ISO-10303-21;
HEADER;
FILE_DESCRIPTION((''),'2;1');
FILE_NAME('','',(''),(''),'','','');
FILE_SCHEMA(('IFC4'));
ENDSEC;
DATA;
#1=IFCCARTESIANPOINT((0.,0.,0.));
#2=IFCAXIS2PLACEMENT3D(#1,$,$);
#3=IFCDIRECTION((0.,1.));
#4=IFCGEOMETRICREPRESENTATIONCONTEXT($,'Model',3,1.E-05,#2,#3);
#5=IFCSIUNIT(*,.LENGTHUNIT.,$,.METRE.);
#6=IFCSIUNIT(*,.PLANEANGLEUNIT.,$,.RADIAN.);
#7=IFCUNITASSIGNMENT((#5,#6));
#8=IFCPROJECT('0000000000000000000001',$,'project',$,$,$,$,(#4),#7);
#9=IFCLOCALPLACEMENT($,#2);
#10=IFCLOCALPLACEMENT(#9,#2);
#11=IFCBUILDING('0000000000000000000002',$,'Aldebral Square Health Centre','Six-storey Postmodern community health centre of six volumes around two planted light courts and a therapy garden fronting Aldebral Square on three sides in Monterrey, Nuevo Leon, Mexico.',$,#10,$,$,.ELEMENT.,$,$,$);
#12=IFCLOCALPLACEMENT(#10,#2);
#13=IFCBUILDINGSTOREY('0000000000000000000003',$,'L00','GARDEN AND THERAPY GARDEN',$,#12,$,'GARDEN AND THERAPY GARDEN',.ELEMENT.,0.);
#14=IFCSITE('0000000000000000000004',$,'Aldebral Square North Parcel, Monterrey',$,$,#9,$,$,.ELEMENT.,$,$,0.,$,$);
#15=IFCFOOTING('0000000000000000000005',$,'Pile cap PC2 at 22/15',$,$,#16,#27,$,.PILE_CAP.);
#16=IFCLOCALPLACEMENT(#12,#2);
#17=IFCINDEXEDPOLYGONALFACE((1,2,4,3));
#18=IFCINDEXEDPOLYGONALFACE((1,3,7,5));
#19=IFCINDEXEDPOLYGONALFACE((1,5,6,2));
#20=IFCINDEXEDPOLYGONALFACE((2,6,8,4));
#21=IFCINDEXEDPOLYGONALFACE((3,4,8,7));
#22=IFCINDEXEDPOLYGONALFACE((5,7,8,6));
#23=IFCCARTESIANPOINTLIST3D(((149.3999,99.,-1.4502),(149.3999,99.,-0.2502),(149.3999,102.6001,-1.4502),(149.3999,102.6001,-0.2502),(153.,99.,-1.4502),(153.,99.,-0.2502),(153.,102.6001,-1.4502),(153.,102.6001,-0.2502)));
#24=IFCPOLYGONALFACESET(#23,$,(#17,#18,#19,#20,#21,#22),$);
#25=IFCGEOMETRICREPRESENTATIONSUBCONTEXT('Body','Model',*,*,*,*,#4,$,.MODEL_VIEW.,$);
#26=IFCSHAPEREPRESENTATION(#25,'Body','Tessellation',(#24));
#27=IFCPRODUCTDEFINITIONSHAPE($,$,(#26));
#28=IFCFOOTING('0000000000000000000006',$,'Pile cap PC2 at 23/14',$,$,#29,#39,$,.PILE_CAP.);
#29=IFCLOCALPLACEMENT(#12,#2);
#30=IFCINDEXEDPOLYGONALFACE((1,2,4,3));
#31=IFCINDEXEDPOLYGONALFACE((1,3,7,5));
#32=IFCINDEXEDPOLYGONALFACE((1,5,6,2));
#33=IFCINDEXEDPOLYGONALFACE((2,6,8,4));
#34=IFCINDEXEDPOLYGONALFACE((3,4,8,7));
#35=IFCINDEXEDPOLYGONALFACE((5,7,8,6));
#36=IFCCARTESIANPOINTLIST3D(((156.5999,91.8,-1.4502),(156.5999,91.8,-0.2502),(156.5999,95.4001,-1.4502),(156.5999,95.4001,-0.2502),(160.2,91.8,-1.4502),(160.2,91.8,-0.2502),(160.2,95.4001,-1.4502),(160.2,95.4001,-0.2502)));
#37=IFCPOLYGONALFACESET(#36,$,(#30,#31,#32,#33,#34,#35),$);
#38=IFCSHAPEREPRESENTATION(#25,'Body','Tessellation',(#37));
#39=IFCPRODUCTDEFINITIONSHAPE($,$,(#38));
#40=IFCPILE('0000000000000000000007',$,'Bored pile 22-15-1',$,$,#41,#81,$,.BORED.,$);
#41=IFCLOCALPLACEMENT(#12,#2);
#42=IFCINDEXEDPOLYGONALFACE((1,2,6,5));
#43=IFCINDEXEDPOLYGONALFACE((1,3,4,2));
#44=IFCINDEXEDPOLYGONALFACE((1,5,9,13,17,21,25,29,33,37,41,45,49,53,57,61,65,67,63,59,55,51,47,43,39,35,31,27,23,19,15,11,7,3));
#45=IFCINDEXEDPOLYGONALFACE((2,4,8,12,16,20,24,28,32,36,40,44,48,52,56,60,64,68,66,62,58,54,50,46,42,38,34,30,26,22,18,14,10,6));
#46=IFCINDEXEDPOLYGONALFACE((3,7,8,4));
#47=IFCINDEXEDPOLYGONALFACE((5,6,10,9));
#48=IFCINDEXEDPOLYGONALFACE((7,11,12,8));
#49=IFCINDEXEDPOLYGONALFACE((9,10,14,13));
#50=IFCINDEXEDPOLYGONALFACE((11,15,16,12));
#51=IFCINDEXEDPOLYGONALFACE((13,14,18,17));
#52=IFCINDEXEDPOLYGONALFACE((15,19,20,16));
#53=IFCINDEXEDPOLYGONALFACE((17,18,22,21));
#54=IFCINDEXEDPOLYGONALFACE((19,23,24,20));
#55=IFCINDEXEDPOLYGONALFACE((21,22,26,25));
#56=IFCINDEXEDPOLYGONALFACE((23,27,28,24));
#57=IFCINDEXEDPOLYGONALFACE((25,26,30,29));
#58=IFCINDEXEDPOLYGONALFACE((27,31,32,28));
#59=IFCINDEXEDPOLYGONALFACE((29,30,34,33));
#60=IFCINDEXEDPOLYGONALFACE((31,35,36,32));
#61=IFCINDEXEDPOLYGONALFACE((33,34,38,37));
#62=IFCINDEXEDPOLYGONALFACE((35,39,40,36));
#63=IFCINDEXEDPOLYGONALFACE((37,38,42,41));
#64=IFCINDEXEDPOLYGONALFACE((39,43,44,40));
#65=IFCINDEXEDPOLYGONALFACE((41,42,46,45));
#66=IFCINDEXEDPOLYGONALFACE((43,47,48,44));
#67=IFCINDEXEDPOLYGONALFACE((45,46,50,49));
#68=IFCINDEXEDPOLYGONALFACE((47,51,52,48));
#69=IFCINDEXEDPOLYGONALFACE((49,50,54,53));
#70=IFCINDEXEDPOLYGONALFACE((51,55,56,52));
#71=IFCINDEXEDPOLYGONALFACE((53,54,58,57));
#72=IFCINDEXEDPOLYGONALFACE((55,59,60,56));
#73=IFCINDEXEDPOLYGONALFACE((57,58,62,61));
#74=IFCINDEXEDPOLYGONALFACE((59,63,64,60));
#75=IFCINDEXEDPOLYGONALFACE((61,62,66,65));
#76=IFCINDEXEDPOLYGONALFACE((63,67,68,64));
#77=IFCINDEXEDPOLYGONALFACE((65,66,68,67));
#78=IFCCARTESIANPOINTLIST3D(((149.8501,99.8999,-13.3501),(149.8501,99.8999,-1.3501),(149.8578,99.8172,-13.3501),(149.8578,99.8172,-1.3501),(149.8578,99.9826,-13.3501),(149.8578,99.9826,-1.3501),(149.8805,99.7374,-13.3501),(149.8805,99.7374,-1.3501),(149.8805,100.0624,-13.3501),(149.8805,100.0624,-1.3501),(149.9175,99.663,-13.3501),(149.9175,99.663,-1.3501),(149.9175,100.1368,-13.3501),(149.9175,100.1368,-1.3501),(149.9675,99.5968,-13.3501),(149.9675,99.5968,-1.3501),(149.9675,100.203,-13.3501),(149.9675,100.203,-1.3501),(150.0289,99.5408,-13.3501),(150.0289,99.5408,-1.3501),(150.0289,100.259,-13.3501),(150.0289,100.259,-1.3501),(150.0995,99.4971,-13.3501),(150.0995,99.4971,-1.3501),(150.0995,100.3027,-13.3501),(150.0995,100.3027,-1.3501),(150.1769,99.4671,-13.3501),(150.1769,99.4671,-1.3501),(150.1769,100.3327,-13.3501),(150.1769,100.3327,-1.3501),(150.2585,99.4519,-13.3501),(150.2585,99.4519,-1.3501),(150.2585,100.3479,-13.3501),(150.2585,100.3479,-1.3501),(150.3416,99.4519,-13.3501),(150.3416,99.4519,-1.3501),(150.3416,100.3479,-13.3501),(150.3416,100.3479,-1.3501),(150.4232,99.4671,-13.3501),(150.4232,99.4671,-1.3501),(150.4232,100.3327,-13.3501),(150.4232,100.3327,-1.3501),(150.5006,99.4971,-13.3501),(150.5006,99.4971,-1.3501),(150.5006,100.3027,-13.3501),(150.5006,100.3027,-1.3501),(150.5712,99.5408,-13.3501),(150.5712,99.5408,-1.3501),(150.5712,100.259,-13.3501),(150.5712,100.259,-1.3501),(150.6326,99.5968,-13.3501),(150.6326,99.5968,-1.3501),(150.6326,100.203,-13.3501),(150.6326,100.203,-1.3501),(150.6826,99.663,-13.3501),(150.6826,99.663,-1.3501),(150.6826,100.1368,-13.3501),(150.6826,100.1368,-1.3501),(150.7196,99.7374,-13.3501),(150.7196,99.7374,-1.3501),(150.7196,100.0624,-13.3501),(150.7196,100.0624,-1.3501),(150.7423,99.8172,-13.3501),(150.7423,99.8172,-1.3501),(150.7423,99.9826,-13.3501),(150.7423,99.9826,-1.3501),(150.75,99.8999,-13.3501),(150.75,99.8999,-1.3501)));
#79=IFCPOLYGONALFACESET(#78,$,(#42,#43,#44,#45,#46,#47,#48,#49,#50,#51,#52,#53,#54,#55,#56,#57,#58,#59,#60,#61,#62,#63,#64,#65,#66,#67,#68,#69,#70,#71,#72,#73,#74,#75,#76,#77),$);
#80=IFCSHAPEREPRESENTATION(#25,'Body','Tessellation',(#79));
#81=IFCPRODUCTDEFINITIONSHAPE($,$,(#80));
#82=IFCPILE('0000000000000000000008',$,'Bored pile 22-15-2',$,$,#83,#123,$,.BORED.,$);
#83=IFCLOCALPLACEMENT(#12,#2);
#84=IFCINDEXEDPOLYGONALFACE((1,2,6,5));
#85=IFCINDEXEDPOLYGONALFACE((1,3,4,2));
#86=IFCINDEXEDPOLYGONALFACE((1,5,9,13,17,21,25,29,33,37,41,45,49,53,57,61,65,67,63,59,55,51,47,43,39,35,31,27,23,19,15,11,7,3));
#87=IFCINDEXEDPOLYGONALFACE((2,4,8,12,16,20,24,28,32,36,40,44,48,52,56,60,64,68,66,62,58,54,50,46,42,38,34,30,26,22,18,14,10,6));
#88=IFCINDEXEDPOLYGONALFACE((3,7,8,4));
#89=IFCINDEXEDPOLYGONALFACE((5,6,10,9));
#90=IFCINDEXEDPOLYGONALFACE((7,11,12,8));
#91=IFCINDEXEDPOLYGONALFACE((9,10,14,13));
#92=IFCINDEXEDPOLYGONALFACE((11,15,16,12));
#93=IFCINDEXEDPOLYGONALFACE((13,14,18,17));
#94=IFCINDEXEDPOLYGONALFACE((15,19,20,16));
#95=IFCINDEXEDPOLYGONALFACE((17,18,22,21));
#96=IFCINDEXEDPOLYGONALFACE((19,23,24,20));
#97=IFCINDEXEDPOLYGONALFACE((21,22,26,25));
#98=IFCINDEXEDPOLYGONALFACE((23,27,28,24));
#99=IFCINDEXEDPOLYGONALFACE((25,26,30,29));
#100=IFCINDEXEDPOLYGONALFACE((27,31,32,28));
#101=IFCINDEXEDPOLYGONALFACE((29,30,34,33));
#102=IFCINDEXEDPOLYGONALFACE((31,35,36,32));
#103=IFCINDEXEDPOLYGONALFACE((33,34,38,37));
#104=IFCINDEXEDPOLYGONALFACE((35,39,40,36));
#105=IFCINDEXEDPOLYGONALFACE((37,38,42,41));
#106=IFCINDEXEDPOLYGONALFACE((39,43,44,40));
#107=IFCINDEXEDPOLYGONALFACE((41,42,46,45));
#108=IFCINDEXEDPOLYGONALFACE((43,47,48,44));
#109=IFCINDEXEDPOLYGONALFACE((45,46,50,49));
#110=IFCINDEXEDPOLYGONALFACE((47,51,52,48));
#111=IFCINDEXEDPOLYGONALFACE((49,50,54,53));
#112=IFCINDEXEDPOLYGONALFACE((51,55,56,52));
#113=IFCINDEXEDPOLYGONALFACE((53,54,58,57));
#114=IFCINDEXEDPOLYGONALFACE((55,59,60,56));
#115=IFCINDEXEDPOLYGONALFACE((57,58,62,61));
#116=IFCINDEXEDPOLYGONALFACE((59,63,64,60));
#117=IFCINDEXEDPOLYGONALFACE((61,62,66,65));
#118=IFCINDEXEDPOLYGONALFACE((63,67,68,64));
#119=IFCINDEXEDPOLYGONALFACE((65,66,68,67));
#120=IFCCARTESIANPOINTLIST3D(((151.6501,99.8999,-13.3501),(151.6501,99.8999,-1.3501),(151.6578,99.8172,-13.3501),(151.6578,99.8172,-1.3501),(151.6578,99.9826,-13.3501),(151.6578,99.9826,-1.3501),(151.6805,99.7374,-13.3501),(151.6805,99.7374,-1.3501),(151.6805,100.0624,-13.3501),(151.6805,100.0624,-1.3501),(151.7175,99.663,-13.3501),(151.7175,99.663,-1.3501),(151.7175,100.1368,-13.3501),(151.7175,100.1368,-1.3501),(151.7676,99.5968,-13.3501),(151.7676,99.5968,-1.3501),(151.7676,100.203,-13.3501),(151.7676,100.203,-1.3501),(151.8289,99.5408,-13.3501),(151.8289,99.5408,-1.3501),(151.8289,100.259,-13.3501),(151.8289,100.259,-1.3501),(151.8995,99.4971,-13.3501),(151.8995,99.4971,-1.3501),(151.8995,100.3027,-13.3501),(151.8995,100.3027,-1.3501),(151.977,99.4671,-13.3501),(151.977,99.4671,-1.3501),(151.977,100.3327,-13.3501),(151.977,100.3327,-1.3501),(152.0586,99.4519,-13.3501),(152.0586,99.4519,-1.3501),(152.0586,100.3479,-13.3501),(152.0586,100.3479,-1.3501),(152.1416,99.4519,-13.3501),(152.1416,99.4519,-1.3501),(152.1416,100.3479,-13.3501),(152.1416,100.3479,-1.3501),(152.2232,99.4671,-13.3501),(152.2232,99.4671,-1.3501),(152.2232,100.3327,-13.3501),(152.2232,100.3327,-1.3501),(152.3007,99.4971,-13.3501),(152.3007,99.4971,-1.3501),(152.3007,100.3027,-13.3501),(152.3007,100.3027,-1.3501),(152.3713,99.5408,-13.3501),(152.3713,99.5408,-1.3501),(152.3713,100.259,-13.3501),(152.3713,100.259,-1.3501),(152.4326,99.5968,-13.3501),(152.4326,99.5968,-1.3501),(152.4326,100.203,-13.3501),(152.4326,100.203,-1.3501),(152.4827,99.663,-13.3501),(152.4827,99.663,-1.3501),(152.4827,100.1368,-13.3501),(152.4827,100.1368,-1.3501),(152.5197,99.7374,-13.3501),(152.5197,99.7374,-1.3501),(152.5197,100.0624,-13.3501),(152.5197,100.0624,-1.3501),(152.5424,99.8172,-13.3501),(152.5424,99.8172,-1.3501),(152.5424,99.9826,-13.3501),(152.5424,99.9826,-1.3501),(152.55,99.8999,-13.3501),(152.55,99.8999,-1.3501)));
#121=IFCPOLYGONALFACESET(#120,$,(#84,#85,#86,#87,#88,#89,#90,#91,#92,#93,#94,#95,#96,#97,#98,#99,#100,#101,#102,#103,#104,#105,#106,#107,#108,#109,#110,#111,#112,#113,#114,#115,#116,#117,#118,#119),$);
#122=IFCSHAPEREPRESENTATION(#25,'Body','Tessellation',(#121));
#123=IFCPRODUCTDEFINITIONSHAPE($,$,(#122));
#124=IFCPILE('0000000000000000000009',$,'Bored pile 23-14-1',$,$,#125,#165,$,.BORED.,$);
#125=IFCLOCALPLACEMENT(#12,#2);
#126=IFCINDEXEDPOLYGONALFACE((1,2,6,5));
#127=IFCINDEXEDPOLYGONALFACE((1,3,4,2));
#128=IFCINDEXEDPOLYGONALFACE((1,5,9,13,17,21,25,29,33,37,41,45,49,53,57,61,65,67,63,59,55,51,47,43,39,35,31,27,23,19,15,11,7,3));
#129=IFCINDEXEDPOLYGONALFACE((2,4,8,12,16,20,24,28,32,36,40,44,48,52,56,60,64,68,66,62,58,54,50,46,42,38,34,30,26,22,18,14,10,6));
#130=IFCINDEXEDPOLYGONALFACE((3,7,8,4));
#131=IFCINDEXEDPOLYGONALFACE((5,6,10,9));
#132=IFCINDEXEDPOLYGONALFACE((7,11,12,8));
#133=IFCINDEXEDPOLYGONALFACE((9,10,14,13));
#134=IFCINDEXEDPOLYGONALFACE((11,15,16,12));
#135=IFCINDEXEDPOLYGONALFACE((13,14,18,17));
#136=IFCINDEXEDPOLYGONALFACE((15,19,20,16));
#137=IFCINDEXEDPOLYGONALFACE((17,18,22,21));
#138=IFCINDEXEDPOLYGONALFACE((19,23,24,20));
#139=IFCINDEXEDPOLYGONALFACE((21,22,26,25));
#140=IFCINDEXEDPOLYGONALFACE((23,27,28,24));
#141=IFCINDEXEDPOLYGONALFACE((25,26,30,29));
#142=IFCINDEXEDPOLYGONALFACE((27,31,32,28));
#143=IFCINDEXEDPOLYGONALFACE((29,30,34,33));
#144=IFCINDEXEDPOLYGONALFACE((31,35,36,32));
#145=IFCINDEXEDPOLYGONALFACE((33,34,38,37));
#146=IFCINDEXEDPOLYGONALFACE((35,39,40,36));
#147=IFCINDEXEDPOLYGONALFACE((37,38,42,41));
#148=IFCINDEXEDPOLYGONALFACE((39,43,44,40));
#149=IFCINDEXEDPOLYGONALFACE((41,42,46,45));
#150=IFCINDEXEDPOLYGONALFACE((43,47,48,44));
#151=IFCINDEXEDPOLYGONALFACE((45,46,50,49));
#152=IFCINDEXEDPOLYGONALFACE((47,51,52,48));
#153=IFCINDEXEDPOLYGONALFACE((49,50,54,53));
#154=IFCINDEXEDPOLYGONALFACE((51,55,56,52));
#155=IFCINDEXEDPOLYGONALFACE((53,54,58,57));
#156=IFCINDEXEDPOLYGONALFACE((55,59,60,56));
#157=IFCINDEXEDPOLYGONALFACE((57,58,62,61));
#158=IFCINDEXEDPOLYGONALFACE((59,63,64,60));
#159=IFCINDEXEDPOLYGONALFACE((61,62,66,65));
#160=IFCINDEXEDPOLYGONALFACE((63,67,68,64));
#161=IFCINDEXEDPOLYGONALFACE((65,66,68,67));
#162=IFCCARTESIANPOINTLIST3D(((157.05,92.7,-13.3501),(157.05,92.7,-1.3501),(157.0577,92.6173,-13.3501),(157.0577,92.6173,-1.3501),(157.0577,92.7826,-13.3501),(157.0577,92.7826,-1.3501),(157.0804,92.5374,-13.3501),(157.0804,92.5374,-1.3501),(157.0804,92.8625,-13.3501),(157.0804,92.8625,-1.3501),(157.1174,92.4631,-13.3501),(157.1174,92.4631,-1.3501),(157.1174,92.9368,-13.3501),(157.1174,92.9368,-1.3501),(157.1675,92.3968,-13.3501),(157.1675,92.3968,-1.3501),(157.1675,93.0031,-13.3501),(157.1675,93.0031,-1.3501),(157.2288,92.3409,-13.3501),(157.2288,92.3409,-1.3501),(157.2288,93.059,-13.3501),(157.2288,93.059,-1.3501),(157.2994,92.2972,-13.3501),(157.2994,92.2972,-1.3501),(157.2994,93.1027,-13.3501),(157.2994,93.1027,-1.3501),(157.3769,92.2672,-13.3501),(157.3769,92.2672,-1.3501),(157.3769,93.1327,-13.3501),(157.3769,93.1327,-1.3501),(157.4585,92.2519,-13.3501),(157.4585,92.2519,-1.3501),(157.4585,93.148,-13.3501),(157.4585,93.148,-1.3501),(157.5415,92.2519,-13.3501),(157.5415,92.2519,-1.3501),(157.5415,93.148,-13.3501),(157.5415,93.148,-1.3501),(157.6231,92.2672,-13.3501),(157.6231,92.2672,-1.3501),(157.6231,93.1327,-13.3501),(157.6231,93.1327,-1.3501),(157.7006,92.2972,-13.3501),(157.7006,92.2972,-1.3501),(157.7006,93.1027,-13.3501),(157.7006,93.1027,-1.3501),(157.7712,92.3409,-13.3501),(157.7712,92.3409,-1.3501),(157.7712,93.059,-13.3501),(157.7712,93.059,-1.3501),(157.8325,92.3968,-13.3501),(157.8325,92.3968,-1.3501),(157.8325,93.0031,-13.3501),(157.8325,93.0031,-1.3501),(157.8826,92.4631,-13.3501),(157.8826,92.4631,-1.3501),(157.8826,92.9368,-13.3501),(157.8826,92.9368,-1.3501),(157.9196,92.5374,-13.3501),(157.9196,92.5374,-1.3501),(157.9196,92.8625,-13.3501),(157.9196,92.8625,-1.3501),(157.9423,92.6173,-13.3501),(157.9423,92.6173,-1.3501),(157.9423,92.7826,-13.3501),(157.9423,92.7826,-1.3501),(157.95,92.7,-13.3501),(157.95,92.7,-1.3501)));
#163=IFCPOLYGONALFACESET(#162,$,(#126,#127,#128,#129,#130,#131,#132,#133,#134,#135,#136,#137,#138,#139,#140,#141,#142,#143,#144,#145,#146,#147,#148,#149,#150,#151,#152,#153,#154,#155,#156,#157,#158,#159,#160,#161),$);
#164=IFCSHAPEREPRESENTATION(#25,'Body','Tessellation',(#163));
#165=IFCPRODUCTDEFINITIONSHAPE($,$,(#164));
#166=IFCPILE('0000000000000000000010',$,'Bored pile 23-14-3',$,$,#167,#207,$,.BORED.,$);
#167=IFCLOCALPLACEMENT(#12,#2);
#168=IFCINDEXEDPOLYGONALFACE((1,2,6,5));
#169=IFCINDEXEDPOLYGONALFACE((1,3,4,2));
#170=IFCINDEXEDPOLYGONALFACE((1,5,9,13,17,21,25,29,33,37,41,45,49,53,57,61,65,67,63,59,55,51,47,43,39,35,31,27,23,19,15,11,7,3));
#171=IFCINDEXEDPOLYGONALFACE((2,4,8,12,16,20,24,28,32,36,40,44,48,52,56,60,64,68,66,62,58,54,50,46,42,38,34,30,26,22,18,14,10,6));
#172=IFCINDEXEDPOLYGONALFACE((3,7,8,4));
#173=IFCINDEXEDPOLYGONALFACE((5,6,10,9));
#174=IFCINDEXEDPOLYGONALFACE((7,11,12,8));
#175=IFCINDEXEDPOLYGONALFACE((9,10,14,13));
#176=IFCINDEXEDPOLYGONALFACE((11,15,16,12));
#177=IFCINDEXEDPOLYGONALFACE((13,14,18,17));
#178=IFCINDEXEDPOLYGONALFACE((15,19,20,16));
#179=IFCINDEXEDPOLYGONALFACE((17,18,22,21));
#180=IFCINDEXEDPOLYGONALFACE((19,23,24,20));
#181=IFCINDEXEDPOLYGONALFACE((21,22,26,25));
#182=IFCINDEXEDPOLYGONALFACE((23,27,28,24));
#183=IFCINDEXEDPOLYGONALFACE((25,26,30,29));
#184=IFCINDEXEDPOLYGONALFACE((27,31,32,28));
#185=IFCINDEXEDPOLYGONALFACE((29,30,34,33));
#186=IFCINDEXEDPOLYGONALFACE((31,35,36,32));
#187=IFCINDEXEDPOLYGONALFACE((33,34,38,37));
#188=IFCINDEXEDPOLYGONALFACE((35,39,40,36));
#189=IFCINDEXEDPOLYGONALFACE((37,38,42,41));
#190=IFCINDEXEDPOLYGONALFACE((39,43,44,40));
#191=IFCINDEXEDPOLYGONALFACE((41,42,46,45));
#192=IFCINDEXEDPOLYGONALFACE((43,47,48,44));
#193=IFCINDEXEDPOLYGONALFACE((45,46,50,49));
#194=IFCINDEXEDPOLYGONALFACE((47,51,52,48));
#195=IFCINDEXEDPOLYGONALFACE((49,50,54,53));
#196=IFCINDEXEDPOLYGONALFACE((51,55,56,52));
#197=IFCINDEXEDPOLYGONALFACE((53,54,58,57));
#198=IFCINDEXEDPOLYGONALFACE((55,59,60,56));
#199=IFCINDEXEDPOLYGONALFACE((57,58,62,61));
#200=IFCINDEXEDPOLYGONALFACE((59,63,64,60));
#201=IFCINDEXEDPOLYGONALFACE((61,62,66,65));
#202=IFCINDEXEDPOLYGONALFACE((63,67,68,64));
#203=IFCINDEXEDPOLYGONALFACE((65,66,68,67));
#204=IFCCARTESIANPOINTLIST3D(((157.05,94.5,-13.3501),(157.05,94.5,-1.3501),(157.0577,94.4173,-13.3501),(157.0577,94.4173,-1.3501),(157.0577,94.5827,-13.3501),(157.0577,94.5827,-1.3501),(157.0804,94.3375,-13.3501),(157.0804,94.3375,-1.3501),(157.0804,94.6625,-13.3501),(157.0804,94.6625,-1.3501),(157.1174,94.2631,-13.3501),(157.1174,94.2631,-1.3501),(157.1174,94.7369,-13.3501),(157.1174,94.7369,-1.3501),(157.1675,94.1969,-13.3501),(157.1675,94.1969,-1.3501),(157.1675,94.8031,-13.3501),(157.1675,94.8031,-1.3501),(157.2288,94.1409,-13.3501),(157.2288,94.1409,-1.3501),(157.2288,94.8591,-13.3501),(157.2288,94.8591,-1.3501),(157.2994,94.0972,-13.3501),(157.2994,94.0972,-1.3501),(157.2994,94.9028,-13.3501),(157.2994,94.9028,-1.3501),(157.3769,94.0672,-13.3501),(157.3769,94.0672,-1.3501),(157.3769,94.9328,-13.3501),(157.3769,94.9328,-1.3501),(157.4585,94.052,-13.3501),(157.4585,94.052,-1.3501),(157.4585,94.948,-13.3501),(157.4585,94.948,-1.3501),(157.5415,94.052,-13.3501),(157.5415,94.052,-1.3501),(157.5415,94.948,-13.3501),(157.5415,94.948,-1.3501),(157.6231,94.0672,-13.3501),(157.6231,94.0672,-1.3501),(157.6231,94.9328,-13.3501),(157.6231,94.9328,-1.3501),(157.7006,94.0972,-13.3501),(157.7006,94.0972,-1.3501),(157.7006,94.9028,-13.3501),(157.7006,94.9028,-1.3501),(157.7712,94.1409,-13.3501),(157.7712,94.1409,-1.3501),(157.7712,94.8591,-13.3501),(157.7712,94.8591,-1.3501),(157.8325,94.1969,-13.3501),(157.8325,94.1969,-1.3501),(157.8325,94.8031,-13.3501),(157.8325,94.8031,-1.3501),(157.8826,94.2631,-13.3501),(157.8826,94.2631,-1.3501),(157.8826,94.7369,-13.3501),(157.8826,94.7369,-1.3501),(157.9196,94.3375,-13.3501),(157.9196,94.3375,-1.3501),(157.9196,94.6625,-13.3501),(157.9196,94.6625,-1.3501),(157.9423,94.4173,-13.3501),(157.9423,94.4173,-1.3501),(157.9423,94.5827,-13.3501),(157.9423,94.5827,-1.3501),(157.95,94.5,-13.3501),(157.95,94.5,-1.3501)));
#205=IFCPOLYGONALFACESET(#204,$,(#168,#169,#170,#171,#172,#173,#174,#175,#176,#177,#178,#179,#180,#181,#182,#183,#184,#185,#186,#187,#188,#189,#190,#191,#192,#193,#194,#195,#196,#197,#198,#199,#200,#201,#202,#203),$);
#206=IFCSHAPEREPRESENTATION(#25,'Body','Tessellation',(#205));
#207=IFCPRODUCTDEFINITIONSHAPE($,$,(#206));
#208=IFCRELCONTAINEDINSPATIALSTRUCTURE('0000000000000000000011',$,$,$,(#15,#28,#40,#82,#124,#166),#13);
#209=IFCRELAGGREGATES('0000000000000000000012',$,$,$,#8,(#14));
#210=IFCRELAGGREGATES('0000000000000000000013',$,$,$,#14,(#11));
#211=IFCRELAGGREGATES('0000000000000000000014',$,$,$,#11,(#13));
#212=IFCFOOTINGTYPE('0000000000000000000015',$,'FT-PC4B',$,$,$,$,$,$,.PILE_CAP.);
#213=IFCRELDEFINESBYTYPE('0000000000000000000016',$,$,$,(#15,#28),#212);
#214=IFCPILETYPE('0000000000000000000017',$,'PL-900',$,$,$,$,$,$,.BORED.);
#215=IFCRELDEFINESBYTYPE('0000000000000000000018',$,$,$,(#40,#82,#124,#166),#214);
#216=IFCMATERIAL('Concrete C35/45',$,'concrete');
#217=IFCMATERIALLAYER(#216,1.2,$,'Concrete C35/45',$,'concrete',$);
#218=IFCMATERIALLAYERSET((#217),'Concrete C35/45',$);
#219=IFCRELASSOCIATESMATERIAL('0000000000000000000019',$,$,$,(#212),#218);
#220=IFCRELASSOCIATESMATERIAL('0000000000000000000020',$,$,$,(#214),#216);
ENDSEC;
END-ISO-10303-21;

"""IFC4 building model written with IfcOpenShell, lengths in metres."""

from ifc_helpers import new_model, si_unit, direction, frame, origin, origin_2d, place, context, subcontext, project, spatial, rectangle, circle, extrude, material, layer, layer_set, material_profile, profile_set, type_object, element, save


model = new_model("IFC4")

# Units and contexts
model_context = context("Model", 3, precision=1e-05, world=origin(), true_north=direction((0.0, 1.0)))
body_context = subcontext(model_context, "Body", "Model", "MODEL_VIEW")
ifc_project = project(units=[si_unit("LENGTHUNIT", "METRE"), si_unit("PLANEANGLEUNIT", "RADIAN")], contexts=[model_context])

# Site, building, storey
site_placement = place(None, origin())
site = spatial("IfcSite", under=ifc_project, at=site_placement, Name="Aldebral Square North Parcel, Monterrey", CompositionType="ELEMENT", RefElevation=0.0)
building_placement = place(site_placement, origin())
building = spatial("IfcBuilding", under=site, at=building_placement, Name="Aldebral Square Health Centre", Description="Six-storey Postmodern community health centre of six volumes around two planted light courts and a therapy garden fronting Aldebral Square on three sides in Monterrey, Nuevo Leon, Mexico.", CompositionType="ELEMENT")
storey_placement = place(building_placement, origin())
storey = spatial("IfcBuildingStorey", under=building, at=storey_placement, Name="L00", Description="GARDEN AND THERAPY GARDEN", LongName="GARDEN AND THERAPY GARDEN", CompositionType="ELEMENT", Elevation=0.0)

# Footings
ifc_material_1 = material(Name="Concrete C35/45", Category="concrete")
ifc_layer_1 = layer(ifc_material_1, 1.2, Name="Concrete C35/45", Category="concrete")
ifc_layer_set_1 = layer_set([ifc_layer_1], Name="Concrete C35/45")
footing_type = type_object("IfcFootingType", Name="FT-PC4B", PredefinedType="PILE_CAP", material=ifc_layer_set_1)
for number, where, z_axis, x_axis, name in (
    (1, (151.2, 100.8, -1.4502), (0.0, 0.0, 1.0), (1.0, 0.0, 0.0), "Pile cap PC2 at 22/15"),
    (2, (158.3999, 93.6001, -1.4502), (0.0, 0.0, 1.0), (1.0, 0.0, 0.0), "Pile cap PC2 at 23/14"),
):
    element("IfcFooting", number, at=place(storey_placement, frame(where, z_axis=z_axis, x_axis=x_axis)), inside=storey, type_object=footing_type, Name=name, PredefinedType="PILE_CAP", context=body_context, shape_type="SweptSolid", body=[
        extrude(rectangle(XDim=3.6001, YDim=3.6001, at=origin_2d()), origin(), (0.0, 0.0, 1.0), 1.2),
    ])

# Piles
ifc_material_profile_1 = material_profile(ifc_material_1, circle(Radius=0.45, at=origin_2d()), Name="PILE D900")
ifc_profile_set_1 = profile_set([ifc_material_profile_1], Name="Concrete C35/45")
pile_type = type_object("IfcPileType", Name="PL-900", PredefinedType="BORED", material=ifc_profile_set_1)
for number, where, z_axis, x_axis, name in (
    (3, (150.3, 99.8999, -1.3501), (0.0, 0.0, -1.0), (1.0, 0.0, 0.0), "Bored pile 22-15-1"),
    (4, (152.1001, 99.8999, -1.3501), (0.0, 0.0, -1.0), (1.0, 0.0, 0.0), "Bored pile 22-15-2"),
    (5, (157.5, 92.7, -1.3501), (0.0, 0.0, -1.0), (1.0, 0.0, 0.0), "Bored pile 23-14-1"),
    (6, (157.5, 94.5, -1.3501), (0.0, 0.0, -1.0), (1.0, 0.0, 0.0), "Bored pile 23-14-3"),
):
    element("IfcPile", number, at=place(storey_placement, frame(where, z_axis=z_axis, x_axis=x_axis)), inside=storey, type_object=pile_type, Name=name, PredefinedType="BORED", context=body_context, shape_type="SweptSolid", body=[
        extrude(circle(Radius=0.45, at=origin_2d()), origin(), (0.0, 0.0, 1.0), 12.0),
    ])

save(model, "model.ifc")
